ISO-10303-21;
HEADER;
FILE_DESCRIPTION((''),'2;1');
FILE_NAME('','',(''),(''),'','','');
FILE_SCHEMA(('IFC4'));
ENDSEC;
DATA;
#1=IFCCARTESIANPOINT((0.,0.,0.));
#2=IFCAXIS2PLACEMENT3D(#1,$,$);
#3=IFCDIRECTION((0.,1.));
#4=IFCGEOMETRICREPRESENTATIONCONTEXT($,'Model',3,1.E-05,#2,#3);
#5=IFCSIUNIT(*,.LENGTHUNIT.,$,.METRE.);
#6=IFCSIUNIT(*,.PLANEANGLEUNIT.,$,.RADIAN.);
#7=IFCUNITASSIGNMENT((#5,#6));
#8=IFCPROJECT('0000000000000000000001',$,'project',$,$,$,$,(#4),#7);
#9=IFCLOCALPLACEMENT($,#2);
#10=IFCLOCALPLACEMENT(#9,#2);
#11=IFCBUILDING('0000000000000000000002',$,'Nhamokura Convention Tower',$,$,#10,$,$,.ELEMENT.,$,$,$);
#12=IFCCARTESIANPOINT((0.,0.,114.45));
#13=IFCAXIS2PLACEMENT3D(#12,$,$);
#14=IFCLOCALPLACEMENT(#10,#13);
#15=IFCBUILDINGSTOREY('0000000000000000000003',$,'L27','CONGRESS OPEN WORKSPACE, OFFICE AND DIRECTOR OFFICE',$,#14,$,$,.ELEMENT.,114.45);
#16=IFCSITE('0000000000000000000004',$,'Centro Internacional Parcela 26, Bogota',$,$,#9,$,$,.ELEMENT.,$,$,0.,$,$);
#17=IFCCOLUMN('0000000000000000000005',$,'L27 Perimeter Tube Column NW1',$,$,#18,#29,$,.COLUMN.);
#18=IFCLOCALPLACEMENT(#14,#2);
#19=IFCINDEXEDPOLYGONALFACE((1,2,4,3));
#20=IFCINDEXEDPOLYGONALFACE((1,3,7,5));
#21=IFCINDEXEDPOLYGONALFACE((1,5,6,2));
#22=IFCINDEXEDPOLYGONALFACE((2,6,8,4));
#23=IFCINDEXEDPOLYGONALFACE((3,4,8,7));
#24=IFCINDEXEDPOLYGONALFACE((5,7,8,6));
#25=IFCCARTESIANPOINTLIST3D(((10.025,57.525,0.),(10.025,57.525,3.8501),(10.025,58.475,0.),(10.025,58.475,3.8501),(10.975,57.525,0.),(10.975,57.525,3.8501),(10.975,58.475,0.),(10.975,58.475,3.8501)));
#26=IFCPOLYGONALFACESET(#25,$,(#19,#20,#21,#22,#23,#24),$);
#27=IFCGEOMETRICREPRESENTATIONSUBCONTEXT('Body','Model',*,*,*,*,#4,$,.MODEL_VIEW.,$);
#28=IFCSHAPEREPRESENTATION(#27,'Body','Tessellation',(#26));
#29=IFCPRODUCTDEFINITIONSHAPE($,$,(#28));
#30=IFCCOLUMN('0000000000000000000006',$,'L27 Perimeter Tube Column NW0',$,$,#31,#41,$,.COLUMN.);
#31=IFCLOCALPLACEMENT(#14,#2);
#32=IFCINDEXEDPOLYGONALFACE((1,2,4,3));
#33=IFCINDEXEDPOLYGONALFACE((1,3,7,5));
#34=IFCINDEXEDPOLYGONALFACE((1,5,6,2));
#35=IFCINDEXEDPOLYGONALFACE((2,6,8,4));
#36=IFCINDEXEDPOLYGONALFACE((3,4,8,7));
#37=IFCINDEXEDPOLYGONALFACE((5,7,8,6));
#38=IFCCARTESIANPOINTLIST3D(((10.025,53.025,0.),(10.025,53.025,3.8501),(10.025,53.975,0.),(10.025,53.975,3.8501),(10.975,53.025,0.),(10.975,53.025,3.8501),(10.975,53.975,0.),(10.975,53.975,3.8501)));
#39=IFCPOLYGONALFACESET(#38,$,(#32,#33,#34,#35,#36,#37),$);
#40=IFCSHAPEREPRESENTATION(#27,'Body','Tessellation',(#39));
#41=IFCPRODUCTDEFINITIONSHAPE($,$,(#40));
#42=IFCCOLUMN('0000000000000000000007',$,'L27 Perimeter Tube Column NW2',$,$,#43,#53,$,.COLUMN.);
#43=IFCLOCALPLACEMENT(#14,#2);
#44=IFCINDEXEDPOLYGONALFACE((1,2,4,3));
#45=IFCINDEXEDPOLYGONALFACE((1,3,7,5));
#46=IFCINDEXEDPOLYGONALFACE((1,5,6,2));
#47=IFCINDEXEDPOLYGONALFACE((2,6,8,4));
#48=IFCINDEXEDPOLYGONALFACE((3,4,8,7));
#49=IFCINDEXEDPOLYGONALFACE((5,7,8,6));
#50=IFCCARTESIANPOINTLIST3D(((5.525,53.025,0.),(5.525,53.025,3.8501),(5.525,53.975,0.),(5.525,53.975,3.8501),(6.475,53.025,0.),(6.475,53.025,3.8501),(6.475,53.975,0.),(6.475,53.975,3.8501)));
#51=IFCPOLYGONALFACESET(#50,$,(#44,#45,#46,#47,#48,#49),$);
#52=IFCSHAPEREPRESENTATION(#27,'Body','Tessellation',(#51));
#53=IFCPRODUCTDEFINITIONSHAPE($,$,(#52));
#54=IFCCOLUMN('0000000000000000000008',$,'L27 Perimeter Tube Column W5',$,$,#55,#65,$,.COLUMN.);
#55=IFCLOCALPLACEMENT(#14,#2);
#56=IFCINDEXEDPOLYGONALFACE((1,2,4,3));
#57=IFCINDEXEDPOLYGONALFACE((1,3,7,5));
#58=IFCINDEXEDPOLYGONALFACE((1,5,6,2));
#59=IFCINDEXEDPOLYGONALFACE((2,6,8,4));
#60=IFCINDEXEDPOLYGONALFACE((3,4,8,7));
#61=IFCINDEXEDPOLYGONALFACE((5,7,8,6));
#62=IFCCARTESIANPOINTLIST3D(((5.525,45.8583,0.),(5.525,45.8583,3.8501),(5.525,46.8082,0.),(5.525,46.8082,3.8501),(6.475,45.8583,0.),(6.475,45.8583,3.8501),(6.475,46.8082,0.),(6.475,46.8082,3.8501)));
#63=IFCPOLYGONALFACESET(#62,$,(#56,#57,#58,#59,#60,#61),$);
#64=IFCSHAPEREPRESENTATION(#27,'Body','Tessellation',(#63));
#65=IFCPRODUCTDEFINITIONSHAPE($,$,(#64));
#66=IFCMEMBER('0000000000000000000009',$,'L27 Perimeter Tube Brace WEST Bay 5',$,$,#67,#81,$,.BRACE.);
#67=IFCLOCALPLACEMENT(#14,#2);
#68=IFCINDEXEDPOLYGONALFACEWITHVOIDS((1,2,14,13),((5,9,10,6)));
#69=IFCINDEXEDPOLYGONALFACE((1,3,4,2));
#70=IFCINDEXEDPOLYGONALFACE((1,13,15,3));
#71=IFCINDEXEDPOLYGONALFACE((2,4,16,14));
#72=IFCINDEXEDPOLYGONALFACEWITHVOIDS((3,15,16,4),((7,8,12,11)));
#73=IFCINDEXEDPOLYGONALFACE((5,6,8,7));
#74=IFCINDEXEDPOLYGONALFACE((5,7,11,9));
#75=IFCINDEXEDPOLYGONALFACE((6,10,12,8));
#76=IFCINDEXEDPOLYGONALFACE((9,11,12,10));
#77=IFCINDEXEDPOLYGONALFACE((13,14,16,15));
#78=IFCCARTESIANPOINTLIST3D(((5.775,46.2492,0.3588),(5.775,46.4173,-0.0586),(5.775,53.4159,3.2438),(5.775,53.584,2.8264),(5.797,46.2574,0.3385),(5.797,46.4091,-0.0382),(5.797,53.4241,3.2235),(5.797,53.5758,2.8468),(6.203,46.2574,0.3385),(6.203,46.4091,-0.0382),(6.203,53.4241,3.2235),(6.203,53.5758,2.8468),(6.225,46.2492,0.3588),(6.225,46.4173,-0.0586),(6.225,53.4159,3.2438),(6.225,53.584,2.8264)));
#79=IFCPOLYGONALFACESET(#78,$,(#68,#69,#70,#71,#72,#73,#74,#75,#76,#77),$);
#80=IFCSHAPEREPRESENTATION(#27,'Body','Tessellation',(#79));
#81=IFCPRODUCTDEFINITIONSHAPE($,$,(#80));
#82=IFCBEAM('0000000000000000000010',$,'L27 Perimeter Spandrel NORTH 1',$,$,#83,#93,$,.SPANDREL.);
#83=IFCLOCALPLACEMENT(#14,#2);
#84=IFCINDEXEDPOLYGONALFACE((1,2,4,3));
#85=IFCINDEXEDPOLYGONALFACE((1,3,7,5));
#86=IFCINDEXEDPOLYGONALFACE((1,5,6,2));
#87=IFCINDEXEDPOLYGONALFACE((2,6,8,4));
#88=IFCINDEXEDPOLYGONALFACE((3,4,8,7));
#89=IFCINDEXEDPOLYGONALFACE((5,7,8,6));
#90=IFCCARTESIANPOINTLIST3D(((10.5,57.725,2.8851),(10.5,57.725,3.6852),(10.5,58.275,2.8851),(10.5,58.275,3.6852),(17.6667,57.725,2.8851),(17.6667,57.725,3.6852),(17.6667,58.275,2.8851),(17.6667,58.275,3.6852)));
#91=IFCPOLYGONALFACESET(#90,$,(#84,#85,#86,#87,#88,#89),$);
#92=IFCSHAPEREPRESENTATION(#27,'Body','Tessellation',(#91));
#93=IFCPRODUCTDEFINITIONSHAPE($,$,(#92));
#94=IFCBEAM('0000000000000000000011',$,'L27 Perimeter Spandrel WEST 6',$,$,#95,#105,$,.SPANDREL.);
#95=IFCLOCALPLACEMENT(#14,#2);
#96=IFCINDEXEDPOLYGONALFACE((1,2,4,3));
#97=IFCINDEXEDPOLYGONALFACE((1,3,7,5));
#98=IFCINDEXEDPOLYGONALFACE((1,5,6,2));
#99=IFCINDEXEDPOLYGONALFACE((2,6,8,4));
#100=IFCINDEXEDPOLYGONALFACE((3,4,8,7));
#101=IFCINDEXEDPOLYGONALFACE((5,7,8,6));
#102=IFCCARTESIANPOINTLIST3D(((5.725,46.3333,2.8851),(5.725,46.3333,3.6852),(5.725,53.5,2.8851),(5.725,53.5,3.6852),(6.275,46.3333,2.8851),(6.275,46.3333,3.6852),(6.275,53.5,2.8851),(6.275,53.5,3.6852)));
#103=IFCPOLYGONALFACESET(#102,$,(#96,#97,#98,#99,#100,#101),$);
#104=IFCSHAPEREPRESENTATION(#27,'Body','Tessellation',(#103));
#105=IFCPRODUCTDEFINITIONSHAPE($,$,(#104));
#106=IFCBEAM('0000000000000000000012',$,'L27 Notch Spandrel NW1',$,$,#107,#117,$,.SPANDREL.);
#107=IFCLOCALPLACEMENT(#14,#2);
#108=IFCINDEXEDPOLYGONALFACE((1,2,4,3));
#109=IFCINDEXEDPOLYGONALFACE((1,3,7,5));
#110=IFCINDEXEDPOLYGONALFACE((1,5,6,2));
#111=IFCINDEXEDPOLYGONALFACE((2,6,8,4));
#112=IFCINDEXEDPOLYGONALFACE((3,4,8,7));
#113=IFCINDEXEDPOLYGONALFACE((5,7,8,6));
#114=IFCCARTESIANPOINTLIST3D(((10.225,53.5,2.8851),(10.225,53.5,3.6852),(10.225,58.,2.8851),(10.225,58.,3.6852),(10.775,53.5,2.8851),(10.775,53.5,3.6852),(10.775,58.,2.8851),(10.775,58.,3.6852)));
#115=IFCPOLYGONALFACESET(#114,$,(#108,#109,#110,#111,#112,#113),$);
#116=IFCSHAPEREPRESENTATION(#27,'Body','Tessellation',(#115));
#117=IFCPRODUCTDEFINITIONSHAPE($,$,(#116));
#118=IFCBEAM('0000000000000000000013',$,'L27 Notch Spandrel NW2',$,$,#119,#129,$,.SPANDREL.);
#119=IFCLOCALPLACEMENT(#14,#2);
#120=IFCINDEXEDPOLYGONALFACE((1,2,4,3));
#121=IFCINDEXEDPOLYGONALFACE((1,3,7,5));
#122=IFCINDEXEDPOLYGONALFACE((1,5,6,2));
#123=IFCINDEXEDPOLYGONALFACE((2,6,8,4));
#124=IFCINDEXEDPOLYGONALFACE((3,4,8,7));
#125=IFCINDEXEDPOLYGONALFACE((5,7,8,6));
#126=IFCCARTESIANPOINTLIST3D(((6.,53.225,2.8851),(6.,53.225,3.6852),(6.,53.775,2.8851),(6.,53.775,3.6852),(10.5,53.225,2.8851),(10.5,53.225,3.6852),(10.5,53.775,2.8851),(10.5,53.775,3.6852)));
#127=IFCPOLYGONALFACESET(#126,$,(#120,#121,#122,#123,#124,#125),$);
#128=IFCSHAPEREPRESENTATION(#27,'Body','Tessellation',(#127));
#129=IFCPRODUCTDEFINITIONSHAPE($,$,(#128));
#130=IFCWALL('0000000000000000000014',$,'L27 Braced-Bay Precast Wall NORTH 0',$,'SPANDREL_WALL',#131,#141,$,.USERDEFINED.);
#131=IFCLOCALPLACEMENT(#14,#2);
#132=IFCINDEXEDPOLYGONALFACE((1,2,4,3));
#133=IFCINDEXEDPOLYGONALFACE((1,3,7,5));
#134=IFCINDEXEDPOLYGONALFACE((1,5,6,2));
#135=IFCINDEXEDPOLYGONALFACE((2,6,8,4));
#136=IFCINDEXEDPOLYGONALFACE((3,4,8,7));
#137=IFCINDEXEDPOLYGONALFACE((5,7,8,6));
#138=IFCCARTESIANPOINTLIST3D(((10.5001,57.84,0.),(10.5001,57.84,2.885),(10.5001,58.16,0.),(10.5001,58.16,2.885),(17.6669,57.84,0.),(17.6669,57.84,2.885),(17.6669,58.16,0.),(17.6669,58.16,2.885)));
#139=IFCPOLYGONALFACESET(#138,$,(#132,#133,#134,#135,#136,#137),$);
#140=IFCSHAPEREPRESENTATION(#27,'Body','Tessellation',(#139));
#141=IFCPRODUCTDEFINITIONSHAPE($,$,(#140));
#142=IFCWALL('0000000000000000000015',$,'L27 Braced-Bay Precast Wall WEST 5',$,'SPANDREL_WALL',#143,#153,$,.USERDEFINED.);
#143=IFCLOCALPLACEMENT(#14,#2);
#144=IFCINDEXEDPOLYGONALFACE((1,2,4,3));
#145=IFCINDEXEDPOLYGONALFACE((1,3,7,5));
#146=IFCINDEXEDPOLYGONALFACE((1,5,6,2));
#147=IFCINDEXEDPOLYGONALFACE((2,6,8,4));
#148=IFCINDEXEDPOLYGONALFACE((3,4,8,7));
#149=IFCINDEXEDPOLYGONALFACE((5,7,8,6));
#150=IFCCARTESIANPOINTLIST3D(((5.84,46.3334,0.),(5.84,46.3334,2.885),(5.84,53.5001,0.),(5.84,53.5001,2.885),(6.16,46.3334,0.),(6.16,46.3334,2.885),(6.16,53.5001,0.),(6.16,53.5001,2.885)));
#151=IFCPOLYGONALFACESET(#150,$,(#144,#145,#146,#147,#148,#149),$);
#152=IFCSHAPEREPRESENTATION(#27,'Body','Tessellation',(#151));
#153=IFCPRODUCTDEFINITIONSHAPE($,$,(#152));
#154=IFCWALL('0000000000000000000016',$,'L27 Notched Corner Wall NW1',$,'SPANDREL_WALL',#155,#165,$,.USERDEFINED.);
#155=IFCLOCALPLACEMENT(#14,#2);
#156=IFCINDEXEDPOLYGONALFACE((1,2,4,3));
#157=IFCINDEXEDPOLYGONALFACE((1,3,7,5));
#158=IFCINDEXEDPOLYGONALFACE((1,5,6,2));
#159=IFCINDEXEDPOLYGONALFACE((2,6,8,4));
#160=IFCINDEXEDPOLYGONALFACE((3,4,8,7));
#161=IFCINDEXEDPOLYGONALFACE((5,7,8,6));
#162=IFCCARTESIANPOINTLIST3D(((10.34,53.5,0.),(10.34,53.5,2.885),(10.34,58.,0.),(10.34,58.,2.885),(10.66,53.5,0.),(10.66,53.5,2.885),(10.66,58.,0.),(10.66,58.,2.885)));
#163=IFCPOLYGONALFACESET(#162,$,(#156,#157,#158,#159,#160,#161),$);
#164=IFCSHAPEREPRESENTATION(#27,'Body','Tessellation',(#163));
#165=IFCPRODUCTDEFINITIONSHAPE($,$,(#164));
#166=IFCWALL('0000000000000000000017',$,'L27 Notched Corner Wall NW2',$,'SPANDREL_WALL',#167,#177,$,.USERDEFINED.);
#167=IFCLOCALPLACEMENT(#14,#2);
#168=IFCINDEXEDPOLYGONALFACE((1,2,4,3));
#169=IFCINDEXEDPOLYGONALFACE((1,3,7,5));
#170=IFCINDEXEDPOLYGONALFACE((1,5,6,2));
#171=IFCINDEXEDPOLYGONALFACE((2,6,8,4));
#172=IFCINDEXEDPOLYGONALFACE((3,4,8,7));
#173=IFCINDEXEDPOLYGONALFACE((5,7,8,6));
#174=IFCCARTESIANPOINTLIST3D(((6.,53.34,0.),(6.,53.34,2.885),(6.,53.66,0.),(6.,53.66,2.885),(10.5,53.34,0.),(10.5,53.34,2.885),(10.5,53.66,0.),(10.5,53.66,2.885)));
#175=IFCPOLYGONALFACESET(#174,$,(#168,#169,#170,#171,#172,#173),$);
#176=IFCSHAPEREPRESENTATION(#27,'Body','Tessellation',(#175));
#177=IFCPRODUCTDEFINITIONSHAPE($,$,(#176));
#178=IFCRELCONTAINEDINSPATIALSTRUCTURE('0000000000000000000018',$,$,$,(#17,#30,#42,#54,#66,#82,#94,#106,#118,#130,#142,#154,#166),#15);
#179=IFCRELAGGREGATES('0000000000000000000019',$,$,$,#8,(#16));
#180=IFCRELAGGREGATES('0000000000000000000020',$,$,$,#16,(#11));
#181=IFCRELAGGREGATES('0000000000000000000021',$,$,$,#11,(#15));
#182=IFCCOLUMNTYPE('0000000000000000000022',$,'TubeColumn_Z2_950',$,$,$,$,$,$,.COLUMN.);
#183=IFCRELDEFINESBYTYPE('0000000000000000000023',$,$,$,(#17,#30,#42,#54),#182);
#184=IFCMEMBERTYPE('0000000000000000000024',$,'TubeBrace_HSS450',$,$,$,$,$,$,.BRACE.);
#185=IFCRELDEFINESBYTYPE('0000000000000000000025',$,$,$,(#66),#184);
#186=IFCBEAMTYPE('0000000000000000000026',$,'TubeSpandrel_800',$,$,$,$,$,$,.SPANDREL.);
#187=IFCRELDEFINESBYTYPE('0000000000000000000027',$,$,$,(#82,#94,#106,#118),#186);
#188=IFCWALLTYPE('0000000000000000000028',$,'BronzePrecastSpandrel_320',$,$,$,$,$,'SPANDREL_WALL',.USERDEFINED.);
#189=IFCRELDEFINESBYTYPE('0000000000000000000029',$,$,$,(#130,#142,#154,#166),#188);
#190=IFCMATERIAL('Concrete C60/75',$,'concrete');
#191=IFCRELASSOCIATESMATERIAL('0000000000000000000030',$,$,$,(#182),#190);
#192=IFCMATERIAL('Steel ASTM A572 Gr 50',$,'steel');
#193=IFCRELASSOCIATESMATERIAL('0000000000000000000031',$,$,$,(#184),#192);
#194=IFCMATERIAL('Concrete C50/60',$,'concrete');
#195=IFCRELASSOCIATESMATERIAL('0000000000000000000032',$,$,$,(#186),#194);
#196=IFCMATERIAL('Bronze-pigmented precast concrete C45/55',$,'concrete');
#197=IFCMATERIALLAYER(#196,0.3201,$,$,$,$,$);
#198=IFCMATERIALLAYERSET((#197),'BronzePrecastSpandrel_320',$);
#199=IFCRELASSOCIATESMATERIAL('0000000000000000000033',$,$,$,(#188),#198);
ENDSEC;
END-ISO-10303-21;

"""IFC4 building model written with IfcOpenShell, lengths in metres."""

from ifc_helpers import new_model, si_unit, direction, frame, frame_2d, origin, origin_2d, place, context, subcontext, project, spatial, rectangle, hollow_rectangle, extrude, material, layer, layer_set, material_profile, profile_set, type_object, element, save


model = new_model("IFC4")

# Units and contexts
model_context = context("Model", 3, precision=1e-05, world=origin(), true_north=direction((0.0, 1.0)))
body_context = subcontext(model_context, "Body", "Model", "MODEL_VIEW")
ifc_project = project(units=[si_unit("LENGTHUNIT", "METRE"), si_unit("PLANEANGLEUNIT", "RADIAN")], contexts=[model_context])

# Site, building, storey
site_placement = place(None, origin())
site = spatial("IfcSite", under=ifc_project, at=site_placement, Name="Centro Internacional Parcela 26, Bogota", CompositionType="ELEMENT", RefElevation=0.0)
building_placement = place(site_placement, origin())
building = spatial("IfcBuilding", under=site, at=building_placement, Name="Nhamokura Convention Tower", CompositionType="ELEMENT")
storey_placement = place(building_placement, frame((0.0, 0.0, 114.45)))
storey = spatial("IfcBuildingStorey", under=building, at=storey_placement, Name="L27", Description="CONGRESS OPEN WORKSPACE, OFFICE AND DIRECTOR OFFICE", CompositionType="ELEMENT", Elevation=114.45)

# Columns
ifc_material_1 = material(Name="Concrete C60/75", Category="concrete")
ifc_material_profile_1 = material_profile(ifc_material_1, rectangle(XDim=0.95, YDim=0.95, at=origin_2d()))
ifc_profile_set_1 = profile_set([ifc_material_profile_1], Name="Concrete C60/75")
column_type = type_object("IfcColumnType", Name="TubeColumn_Z2_950", PredefinedType="COLUMN", material=ifc_profile_set_1)
for number, where, z_axis, x_axis, name in (
    (1, (10.5, 58.0, 0.0), (0.0, 0.0, 1.0), (1.0, 0.0, 0.0), "L27 Perimeter Tube Column NW1"),
    (2, (10.5, 53.5, 0.0), (0.0, 0.0, 1.0), (1.0, 0.0, 0.0), "L27 Perimeter Tube Column NW0"),
    (3, (6.0, 53.5, 0.0), (0.0, 0.0, 1.0), (1.0, 0.0, 0.0), "L27 Perimeter Tube Column NW2"),
    (4, (6.0, 46.3333, 0.0), (0.0, 0.0, 1.0), (1.0, 0.0, 0.0), "L27 Perimeter Tube Column W5"),
):
    element("IfcColumn", number, at=place(storey_placement, frame(where, z_axis=z_axis, x_axis=x_axis)), inside=storey, type_object=column_type, Name=name, PredefinedType="COLUMN", context=body_context, shape_type="SweptSolid", body=[
        extrude(rectangle(XDim=0.95, YDim=0.95, at=origin_2d()), origin(), (0.0, 0.0, 1.0), 3.8501),
    ])

# Member
ifc_material_2 = material(Name="Steel ASTM A572 Gr 50", Category="steel")
ifc_material_profile_2 = material_profile(ifc_material_2, hollow_rectangle(XDim=0.45, YDim=0.45, WallThickness=0.022, at=origin_2d()))
ifc_profile_set_2 = profile_set([ifc_material_profile_2], Name="Steel ASTM A572 Gr 50")
member_type = type_object("IfcMemberType", Name="TubeBrace_HSS450", PredefinedType="BRACE", material=ifc_profile_set_2)
member_placement = place(storey_placement, frame((6.0, 46.3333, 0.1501), z_axis=(0.0, 0.927657, 0.373433), x_axis=(-1.0, 0.0, 0.0)))
element("IfcMember", 5, at=member_placement, inside=storey, type_object=member_type, Name="L27 Perimeter Tube Brace WEST Bay 5", PredefinedType="BRACE", context=body_context, shape_type="SweptSolid", body=[
    extrude(hollow_rectangle(XDim=0.45, YDim=0.45, WallThickness=0.022, at=origin_2d()), origin(), (0.0, 0.0, 1.0), 7.7256),
])

# Beams
ifc_material_3 = material(Name="Concrete C50/60", Category="concrete")
ifc_material_profile_3 = material_profile(ifc_material_3, rectangle(XDim=0.55, YDim=0.8, at=origin_2d()))
ifc_profile_set_3 = profile_set([ifc_material_profile_3], Name="Concrete C50/60")
beam_type = type_object("IfcBeamType", Name="TubeSpandrel_800", PredefinedType="SPANDREL", material=ifc_profile_set_3)
for number, where, z_axis, x_axis, name in (
    (6, (10.5, 58.0, 3.2852), (1.0, 0.0, 0.0), (0.0, 1.0, 0.0), "L27 Perimeter Spandrel NORTH 1"),
    (7, (6.0, 46.3333, 3.2852), (0.0, 1.0, 0.0), (-1.0, 0.0, 0.0), "L27 Perimeter Spandrel WEST 6"),
):
    element("IfcBeam", number, at=place(storey_placement, frame(where, z_axis=z_axis, x_axis=x_axis)), inside=storey, type_object=beam_type, Name=name, PredefinedType="SPANDREL", context=body_context, shape_type="SweptSolid", body=[
        extrude(rectangle(XDim=0.55, YDim=0.8, at=origin_2d()), origin(), (0.0, 0.0, 1.0), 7.1667),
    ])
for number, where, z_axis, x_axis, name in (
    (8, (10.5, 58.0, 3.2852), (0.0, -1.0, 0.0), (1.0, 0.0, 0.0), "L27 Notch Spandrel NW1"),
    (9, (10.5, 53.5, 3.2852), (-1.0, 0.0, 0.0), (0.0, -1.0, 0.0), "L27 Notch Spandrel NW2"),
):
    element("IfcBeam", number, at=place(storey_placement, frame(where, z_axis=z_axis, x_axis=x_axis)), inside=storey, type_object=beam_type, Name=name, PredefinedType="SPANDREL", context=body_context, shape_type="SweptSolid", body=[
        extrude(rectangle(XDim=0.55, YDim=0.8, at=origin_2d()), origin(), (0.0, 0.0, 1.0), 4.5),
    ])

# Walls
ifc_material_4 = material(Name="Bronze-pigmented precast concrete C45/55", Category="concrete")
ifc_layer_1 = layer(ifc_material_4, 0.3201)
ifc_layer_set_1 = layer_set([ifc_layer_1], Name="BronzePrecastSpandrel_320")
wall_type_1 = type_object("IfcWallType", Name="BronzePrecastSpandrel_320", ElementType="SPANDREL_WALL", PredefinedType="USERDEFINED", material=ifc_layer_set_1)
for number, where, z_axis, x_axis, name in (
    (10, (10.5, 58.0, 0.0), (0.0, 0.0, 1.0), (1.0, 0.0, 0.0), "L27 Braced-Bay Precast Wall NORTH 0"),
    (11, (6.0, 46.3333, 0.0), (0.0, 0.0, 1.0), (0.0, 1.0, 0.0), "L27 Braced-Bay Precast Wall WEST 5"),
):
    element("IfcWall", number, at=place(storey_placement, frame(where, z_axis=z_axis, x_axis=x_axis)), inside=storey, type_object=wall_type_1, Name=name, ObjectType="SPANDREL_WALL", PredefinedType="USERDEFINED", context=body_context, shape_type="SweptSolid", body=[
        extrude(rectangle(XDim=7.1667, YDim=0.3201, at=frame_2d((3.5835, 0.0))), origin(), (0.0, 0.0, 1.0), 2.885),
    ])
for number, where, z_axis, x_axis, name in (
    (12, (10.5, 53.5, 0.0), (0.0, 0.0, 1.0), (0.0, 1.0, 0.0), "L27 Notched Corner Wall NW1"),
    (13, (6.0, 53.5, 0.0), (0.0, 0.0, 1.0), (1.0, 0.0, 0.0), "L27 Notched Corner Wall NW2"),
):
    element("IfcWall", number, at=place(storey_placement, frame(where, z_axis=z_axis, x_axis=x_axis)), inside=storey, type_object=wall_type_1, Name=name, ObjectType="SPANDREL_WALL", PredefinedType="USERDEFINED", context=body_context, shape_type="SweptSolid", body=[
        extrude(rectangle(XDim=4.5, YDim=0.3201, at=frame_2d((2.25, 0.0))), origin(), (0.0, 0.0, 1.0), 2.885),
    ])

save(model, "model.ifc")
